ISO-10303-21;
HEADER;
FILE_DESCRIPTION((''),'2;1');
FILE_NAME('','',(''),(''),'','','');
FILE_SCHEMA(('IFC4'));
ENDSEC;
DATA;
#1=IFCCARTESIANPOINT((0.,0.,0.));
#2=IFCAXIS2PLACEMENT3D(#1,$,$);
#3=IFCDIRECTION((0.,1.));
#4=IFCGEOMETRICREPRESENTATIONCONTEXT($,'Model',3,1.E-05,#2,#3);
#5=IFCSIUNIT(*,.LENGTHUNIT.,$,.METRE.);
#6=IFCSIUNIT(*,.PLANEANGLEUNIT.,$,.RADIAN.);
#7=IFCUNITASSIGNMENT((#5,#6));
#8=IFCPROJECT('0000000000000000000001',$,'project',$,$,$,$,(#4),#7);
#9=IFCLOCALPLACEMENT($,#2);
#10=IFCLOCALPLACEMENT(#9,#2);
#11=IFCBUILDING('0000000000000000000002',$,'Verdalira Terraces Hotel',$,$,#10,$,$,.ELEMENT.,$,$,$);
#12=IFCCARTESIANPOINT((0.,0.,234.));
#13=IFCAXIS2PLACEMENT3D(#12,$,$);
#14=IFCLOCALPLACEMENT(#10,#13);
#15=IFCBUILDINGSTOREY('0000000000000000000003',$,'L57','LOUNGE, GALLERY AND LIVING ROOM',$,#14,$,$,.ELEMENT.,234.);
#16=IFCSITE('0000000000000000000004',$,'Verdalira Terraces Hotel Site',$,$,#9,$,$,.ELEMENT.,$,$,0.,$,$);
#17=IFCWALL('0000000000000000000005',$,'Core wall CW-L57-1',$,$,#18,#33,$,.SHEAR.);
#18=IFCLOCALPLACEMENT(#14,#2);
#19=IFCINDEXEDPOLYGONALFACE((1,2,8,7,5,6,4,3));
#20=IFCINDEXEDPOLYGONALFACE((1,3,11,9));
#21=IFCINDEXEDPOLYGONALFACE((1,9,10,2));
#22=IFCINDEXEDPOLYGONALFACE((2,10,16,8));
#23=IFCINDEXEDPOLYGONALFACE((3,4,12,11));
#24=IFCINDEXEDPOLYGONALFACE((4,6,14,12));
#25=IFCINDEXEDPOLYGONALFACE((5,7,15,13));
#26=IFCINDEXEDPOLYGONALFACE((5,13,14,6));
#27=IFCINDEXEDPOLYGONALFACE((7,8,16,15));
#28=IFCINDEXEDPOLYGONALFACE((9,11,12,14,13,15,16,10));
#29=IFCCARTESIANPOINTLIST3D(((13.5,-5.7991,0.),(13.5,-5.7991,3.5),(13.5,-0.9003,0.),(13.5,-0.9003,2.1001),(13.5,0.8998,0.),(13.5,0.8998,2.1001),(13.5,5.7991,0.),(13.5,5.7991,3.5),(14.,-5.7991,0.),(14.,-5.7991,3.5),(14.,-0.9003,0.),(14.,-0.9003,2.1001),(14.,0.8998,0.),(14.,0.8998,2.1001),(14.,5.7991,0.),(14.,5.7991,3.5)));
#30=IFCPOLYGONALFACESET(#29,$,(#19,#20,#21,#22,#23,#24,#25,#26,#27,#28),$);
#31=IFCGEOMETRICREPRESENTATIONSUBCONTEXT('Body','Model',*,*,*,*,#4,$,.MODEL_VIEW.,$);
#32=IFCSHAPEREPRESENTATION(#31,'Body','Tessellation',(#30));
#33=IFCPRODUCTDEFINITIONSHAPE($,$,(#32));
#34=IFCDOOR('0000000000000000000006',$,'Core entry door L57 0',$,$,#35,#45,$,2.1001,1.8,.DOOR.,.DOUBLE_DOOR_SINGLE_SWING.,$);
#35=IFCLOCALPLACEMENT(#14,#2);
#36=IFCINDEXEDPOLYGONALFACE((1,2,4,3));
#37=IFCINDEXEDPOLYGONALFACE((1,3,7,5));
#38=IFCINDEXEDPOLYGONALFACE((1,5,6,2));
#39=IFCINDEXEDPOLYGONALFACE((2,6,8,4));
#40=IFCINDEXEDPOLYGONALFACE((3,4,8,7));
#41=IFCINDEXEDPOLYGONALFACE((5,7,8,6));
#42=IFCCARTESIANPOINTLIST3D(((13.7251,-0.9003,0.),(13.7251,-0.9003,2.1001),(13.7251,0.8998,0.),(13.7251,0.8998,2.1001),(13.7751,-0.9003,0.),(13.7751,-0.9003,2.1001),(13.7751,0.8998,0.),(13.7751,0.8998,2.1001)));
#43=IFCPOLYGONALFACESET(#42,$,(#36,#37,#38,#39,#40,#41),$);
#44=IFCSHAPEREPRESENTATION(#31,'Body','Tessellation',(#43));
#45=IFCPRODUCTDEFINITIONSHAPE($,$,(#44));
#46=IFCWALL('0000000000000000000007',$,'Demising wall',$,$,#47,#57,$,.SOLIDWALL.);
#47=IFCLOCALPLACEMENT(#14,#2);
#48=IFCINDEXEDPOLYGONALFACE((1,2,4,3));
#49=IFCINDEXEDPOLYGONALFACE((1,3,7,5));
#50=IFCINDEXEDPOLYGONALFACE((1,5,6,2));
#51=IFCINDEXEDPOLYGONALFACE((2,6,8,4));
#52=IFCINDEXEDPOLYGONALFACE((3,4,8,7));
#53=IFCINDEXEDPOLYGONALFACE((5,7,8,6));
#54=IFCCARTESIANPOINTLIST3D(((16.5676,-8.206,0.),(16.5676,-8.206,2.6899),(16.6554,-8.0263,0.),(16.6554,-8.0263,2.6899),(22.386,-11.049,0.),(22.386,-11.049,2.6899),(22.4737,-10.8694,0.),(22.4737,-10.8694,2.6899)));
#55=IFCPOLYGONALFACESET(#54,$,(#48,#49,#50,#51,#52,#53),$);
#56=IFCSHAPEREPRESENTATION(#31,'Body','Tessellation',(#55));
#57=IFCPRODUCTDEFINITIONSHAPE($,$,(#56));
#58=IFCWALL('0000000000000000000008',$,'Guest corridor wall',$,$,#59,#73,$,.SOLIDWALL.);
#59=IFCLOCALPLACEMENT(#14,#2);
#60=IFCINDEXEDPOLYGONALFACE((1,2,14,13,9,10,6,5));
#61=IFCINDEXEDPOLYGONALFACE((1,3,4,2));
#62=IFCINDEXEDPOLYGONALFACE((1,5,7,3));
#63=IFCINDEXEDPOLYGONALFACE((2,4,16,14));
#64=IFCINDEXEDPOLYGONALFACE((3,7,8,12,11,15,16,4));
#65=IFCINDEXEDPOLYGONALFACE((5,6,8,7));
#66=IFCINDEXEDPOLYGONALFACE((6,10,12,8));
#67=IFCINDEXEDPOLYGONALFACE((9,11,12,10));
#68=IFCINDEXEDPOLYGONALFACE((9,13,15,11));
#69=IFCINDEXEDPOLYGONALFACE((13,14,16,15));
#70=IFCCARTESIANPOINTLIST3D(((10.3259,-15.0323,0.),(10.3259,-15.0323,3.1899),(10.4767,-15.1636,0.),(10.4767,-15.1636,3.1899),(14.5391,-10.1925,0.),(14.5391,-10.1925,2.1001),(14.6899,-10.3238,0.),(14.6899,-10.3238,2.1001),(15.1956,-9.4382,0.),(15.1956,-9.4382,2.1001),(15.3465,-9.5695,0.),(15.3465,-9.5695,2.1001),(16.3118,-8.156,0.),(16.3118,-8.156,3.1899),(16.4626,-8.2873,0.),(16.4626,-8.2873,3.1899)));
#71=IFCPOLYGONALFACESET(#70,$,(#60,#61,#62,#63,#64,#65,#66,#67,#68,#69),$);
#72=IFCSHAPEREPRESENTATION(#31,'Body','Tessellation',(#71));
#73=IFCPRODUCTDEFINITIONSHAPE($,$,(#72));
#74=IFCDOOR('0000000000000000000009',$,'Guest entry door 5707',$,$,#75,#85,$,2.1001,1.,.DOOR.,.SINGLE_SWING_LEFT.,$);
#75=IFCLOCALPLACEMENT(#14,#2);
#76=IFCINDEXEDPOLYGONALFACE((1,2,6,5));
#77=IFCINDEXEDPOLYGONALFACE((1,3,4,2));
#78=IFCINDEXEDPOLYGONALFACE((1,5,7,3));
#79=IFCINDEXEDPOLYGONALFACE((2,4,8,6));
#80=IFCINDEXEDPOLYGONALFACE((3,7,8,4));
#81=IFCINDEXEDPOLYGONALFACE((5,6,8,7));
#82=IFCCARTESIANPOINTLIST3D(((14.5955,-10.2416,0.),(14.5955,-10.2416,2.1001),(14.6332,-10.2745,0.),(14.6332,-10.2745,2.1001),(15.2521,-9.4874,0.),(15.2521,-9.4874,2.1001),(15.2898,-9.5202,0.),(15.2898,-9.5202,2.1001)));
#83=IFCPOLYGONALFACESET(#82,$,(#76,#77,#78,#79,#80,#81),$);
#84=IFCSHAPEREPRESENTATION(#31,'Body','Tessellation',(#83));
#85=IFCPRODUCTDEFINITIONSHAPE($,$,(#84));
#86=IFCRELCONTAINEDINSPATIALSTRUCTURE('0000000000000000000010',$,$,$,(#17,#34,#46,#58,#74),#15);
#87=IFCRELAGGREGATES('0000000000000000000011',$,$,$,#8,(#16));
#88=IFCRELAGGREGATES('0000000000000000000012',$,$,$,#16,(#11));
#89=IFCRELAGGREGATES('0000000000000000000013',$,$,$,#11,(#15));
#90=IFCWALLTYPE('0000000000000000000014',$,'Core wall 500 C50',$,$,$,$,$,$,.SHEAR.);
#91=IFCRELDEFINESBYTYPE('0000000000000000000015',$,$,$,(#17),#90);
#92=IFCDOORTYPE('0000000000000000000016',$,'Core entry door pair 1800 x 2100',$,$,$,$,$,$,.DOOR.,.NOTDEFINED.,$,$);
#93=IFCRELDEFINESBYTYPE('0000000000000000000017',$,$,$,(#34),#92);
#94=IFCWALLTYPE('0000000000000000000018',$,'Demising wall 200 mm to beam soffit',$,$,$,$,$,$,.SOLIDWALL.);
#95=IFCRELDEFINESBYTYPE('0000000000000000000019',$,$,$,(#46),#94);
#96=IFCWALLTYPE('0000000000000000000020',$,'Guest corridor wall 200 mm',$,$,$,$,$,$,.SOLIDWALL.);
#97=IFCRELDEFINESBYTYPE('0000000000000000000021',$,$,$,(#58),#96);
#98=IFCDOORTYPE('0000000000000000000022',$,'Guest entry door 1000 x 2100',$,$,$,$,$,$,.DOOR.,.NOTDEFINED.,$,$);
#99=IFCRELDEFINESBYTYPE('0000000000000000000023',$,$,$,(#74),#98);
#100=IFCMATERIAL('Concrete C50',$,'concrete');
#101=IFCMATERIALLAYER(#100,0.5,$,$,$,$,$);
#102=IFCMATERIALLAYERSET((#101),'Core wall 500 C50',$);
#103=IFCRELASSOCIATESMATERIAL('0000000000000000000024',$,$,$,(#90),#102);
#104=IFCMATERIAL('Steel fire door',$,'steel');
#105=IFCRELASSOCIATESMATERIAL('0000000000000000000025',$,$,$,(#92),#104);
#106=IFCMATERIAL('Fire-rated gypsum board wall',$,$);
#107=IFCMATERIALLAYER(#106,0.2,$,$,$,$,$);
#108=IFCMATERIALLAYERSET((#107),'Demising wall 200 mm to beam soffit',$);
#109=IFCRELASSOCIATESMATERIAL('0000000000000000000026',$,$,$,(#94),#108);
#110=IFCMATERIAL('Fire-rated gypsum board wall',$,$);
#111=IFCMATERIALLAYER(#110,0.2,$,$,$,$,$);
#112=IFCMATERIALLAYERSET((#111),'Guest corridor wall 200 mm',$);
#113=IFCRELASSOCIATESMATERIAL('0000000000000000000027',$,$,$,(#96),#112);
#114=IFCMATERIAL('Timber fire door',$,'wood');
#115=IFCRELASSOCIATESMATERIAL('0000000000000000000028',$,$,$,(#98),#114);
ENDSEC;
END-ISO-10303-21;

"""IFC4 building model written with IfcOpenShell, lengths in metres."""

from ifc_helpers import new_model, si_unit, direction, frame, frame_2d, origin, place, context, subcontext, project, spatial, rectangle, extrude, material, layer, layer_set, type_object, element, fill, save


model = new_model("IFC4")

# Units and contexts
model_context = context("Model", 3, precision=1e-05, world=origin(), true_north=direction((0.0, 1.0)))
body_context = subcontext(model_context, "Body", "Model", "MODEL_VIEW")
ifc_project = project(units=[si_unit("LENGTHUNIT", "METRE"), si_unit("PLANEANGLEUNIT", "RADIAN")], contexts=[model_context])

# Site, building, storey
site_placement = place(None, origin())
site = spatial("IfcSite", under=ifc_project, at=site_placement, Name="Verdalira Terraces Hotel Site", CompositionType="ELEMENT", RefElevation=0.0)
building_placement = place(site_placement, origin())
building = spatial("IfcBuilding", under=site, at=building_placement, Name="Verdalira Terraces Hotel", CompositionType="ELEMENT")
storey_placement = place(building_placement, frame((0.0, 0.0, 234.0)))
storey = spatial("IfcBuildingStorey", under=building, at=storey_placement, Name="L57", Description="LOUNGE, GALLERY AND LIVING ROOM", CompositionType="ELEMENT", Elevation=234.0)

# Wall, opening, door
ifc_material_1 = material(Name="Concrete C50", Category="concrete")
ifc_layer_1 = layer(ifc_material_1, 0.5)
ifc_layer_set_1 = layer_set([ifc_layer_1], Name="Core wall 500 C50")
wall_type_1 = type_object("IfcWallType", Name="Core wall 500 C50", PredefinedType="SHEAR", material=ifc_layer_set_1)
wall_1_placement = place(storey_placement, frame((13.75, -5.7991, 0.0), z_axis=(0.0, 0.0, 1.0), x_axis=(0.0, 1.0, 0.0)))
wall_1 = element("IfcWall", 1, at=wall_1_placement, inside=storey, type_object=wall_type_1, Name="Core wall CW-L57-1", PredefinedType="SHEAR", context=body_context, shape_type="SweptSolid", body=[
    extrude(rectangle(XDim=11.5981, YDim=0.5, at=frame_2d((5.7991, 0.0))), origin(), (0.0, 0.0, 1.0), 3.5),
])
opening_1_placement = place(wall_1_placement, frame((4.8989, 0.0, 0.0)))
opening_1 = element("IfcOpeningElement", 2, at=opening_1_placement, cuts=wall_1, PredefinedType="OPENING", context=body_context, shape_type="SweptSolid", body=[
    extrude(rectangle(XDim=1.8, YDim=2.1001, at=frame_2d((0.8999, 1.05))), frame((0.0, 0.26, 0.0), z_axis=(0.0, -1.0, 0.0), x_axis=(1.0, 0.0, 0.0)), (0.0, 0.0, 1.0), 0.52),
])
ifc_material_2 = material(Name="Steel fire door", Category="steel")
door_type_1 = type_object("IfcDoorType", Name="Core entry door pair 1800 x 2100", OperationType="NOTDEFINED", PredefinedType="DOOR", material=ifc_material_2)
door_1_placement = place(opening_1_placement, origin())
door_1 = element("IfcDoor", 3, at=door_1_placement, inside=storey, type_object=door_type_1, Name="Core entry door L57 0", OperationType="DOUBLE_DOOR_SINGLE_SWING", OverallHeight=2.1001, OverallWidth=1.8, PredefinedType="DOOR", context=body_context, shape_type="SweptSolid", body=[
    extrude(rectangle(XDim=1.8, YDim=2.1001, at=frame_2d((0.8999, 1.05))), frame((0.0, 0.0249, 0.0), z_axis=(0.0, -1.0, 0.0), x_axis=(1.0, 0.0, 0.0)), (0.0, 0.0, 1.0), 0.05),
])
fill(opening_1, door_1)

# Wall
ifc_material_3 = material(Name="Fire-rated gypsum board wall")
ifc_layer_2 = layer(ifc_material_3, 0.2)
ifc_layer_set_2 = layer_set([ifc_layer_2], Name="Demising wall 200 mm to beam soffit")
wall_type_2 = type_object("IfcWallType", Name="Demising wall 200 mm to beam soffit", PredefinedType="SOLIDWALL", material=ifc_layer_set_2)
wall_2_placement = place(storey_placement, frame((16.6116, -8.1162, 0.0), z_axis=(0.0, 0.0, 1.0), x_axis=(0.898477, -0.439021, 0.0)))
element("IfcWall", 4, at=wall_2_placement, inside=storey, type_object=wall_type_2, Name="Demising wall", PredefinedType="SOLIDWALL", context=body_context, shape_type="SweptSolid", body=[
    extrude(rectangle(XDim=6.4758, YDim=0.2, at=frame_2d((3.2378, 0.0))), origin(), (0.0, 0.0, 1.0), 2.6899),
])

# Wall, opening, door
ifc_material_4 = material(Name="Fire-rated gypsum board wall")
ifc_layer_3 = layer(ifc_material_4, 0.2)
ifc_layer_set_3 = layer_set([ifc_layer_3], Name="Guest corridor wall 200 mm")
wall_type_3 = type_object("IfcWallType", Name="Guest corridor wall 200 mm", PredefinedType="SOLIDWALL", material=ifc_layer_set_3)
wall_3_placement = place(storey_placement, frame((16.3872, -8.2217, 0.0), z_axis=(0.0, 0.0, 1.0), x_axis=(-0.656586, -0.754251, 0.0)))
wall_3 = element("IfcWall", 5, at=wall_3_placement, inside=storey, type_object=wall_type_3, Name="Guest corridor wall", PredefinedType="SOLIDWALL", context=body_context, shape_type="SweptSolid", body=[
    extrude(rectangle(XDim=9.1167, YDim=0.2, at=frame_2d((4.5583, 0.0))), origin(), (0.0, 0.0, 1.0), 3.1899),
])
opening_2_placement = place(wall_3_placement, frame((1.7, 0.0, 0.0)))
opening_2 = element("IfcOpeningElement", 6, at=opening_2_placement, cuts=wall_3, PredefinedType="OPENING", context=body_context, shape_type="SweptSolid", body=[
    extrude(rectangle(XDim=1.0, YDim=2.1001, at=frame_2d((0.5, 1.05))), frame((0.0, 0.1099, 0.0), z_axis=(0.0, -1.0, 0.0), x_axis=(1.0, 0.0, 0.0)), (0.0, 0.0, 1.0), 0.22),
])
ifc_material_5 = material(Name="Timber fire door", Category="wood")
door_type_2 = type_object("IfcDoorType", Name="Guest entry door 1000 x 2100", OperationType="NOTDEFINED", PredefinedType="DOOR", material=ifc_material_5)
door_2_placement = place(opening_2_placement, origin())
door_2 = element("IfcDoor", 7, at=door_2_placement, inside=storey, type_object=door_type_2, Name="Guest entry door 5707", OperationType="SINGLE_SWING_LEFT", OverallHeight=2.1001, OverallWidth=1.0, PredefinedType="DOOR", context=body_context, shape_type="SweptSolid", body=[
    extrude(rectangle(XDim=1.0, YDim=2.1001, at=frame_2d((0.5, 1.05))), frame((0.0, 0.0249, 0.0), z_axis=(0.0, -1.0, 0.0), x_axis=(1.0, 0.0, 0.0)), (0.0, 0.0, 1.0), 0.05),
])
fill(opening_2, door_2)

save(model, "model.ifc")
